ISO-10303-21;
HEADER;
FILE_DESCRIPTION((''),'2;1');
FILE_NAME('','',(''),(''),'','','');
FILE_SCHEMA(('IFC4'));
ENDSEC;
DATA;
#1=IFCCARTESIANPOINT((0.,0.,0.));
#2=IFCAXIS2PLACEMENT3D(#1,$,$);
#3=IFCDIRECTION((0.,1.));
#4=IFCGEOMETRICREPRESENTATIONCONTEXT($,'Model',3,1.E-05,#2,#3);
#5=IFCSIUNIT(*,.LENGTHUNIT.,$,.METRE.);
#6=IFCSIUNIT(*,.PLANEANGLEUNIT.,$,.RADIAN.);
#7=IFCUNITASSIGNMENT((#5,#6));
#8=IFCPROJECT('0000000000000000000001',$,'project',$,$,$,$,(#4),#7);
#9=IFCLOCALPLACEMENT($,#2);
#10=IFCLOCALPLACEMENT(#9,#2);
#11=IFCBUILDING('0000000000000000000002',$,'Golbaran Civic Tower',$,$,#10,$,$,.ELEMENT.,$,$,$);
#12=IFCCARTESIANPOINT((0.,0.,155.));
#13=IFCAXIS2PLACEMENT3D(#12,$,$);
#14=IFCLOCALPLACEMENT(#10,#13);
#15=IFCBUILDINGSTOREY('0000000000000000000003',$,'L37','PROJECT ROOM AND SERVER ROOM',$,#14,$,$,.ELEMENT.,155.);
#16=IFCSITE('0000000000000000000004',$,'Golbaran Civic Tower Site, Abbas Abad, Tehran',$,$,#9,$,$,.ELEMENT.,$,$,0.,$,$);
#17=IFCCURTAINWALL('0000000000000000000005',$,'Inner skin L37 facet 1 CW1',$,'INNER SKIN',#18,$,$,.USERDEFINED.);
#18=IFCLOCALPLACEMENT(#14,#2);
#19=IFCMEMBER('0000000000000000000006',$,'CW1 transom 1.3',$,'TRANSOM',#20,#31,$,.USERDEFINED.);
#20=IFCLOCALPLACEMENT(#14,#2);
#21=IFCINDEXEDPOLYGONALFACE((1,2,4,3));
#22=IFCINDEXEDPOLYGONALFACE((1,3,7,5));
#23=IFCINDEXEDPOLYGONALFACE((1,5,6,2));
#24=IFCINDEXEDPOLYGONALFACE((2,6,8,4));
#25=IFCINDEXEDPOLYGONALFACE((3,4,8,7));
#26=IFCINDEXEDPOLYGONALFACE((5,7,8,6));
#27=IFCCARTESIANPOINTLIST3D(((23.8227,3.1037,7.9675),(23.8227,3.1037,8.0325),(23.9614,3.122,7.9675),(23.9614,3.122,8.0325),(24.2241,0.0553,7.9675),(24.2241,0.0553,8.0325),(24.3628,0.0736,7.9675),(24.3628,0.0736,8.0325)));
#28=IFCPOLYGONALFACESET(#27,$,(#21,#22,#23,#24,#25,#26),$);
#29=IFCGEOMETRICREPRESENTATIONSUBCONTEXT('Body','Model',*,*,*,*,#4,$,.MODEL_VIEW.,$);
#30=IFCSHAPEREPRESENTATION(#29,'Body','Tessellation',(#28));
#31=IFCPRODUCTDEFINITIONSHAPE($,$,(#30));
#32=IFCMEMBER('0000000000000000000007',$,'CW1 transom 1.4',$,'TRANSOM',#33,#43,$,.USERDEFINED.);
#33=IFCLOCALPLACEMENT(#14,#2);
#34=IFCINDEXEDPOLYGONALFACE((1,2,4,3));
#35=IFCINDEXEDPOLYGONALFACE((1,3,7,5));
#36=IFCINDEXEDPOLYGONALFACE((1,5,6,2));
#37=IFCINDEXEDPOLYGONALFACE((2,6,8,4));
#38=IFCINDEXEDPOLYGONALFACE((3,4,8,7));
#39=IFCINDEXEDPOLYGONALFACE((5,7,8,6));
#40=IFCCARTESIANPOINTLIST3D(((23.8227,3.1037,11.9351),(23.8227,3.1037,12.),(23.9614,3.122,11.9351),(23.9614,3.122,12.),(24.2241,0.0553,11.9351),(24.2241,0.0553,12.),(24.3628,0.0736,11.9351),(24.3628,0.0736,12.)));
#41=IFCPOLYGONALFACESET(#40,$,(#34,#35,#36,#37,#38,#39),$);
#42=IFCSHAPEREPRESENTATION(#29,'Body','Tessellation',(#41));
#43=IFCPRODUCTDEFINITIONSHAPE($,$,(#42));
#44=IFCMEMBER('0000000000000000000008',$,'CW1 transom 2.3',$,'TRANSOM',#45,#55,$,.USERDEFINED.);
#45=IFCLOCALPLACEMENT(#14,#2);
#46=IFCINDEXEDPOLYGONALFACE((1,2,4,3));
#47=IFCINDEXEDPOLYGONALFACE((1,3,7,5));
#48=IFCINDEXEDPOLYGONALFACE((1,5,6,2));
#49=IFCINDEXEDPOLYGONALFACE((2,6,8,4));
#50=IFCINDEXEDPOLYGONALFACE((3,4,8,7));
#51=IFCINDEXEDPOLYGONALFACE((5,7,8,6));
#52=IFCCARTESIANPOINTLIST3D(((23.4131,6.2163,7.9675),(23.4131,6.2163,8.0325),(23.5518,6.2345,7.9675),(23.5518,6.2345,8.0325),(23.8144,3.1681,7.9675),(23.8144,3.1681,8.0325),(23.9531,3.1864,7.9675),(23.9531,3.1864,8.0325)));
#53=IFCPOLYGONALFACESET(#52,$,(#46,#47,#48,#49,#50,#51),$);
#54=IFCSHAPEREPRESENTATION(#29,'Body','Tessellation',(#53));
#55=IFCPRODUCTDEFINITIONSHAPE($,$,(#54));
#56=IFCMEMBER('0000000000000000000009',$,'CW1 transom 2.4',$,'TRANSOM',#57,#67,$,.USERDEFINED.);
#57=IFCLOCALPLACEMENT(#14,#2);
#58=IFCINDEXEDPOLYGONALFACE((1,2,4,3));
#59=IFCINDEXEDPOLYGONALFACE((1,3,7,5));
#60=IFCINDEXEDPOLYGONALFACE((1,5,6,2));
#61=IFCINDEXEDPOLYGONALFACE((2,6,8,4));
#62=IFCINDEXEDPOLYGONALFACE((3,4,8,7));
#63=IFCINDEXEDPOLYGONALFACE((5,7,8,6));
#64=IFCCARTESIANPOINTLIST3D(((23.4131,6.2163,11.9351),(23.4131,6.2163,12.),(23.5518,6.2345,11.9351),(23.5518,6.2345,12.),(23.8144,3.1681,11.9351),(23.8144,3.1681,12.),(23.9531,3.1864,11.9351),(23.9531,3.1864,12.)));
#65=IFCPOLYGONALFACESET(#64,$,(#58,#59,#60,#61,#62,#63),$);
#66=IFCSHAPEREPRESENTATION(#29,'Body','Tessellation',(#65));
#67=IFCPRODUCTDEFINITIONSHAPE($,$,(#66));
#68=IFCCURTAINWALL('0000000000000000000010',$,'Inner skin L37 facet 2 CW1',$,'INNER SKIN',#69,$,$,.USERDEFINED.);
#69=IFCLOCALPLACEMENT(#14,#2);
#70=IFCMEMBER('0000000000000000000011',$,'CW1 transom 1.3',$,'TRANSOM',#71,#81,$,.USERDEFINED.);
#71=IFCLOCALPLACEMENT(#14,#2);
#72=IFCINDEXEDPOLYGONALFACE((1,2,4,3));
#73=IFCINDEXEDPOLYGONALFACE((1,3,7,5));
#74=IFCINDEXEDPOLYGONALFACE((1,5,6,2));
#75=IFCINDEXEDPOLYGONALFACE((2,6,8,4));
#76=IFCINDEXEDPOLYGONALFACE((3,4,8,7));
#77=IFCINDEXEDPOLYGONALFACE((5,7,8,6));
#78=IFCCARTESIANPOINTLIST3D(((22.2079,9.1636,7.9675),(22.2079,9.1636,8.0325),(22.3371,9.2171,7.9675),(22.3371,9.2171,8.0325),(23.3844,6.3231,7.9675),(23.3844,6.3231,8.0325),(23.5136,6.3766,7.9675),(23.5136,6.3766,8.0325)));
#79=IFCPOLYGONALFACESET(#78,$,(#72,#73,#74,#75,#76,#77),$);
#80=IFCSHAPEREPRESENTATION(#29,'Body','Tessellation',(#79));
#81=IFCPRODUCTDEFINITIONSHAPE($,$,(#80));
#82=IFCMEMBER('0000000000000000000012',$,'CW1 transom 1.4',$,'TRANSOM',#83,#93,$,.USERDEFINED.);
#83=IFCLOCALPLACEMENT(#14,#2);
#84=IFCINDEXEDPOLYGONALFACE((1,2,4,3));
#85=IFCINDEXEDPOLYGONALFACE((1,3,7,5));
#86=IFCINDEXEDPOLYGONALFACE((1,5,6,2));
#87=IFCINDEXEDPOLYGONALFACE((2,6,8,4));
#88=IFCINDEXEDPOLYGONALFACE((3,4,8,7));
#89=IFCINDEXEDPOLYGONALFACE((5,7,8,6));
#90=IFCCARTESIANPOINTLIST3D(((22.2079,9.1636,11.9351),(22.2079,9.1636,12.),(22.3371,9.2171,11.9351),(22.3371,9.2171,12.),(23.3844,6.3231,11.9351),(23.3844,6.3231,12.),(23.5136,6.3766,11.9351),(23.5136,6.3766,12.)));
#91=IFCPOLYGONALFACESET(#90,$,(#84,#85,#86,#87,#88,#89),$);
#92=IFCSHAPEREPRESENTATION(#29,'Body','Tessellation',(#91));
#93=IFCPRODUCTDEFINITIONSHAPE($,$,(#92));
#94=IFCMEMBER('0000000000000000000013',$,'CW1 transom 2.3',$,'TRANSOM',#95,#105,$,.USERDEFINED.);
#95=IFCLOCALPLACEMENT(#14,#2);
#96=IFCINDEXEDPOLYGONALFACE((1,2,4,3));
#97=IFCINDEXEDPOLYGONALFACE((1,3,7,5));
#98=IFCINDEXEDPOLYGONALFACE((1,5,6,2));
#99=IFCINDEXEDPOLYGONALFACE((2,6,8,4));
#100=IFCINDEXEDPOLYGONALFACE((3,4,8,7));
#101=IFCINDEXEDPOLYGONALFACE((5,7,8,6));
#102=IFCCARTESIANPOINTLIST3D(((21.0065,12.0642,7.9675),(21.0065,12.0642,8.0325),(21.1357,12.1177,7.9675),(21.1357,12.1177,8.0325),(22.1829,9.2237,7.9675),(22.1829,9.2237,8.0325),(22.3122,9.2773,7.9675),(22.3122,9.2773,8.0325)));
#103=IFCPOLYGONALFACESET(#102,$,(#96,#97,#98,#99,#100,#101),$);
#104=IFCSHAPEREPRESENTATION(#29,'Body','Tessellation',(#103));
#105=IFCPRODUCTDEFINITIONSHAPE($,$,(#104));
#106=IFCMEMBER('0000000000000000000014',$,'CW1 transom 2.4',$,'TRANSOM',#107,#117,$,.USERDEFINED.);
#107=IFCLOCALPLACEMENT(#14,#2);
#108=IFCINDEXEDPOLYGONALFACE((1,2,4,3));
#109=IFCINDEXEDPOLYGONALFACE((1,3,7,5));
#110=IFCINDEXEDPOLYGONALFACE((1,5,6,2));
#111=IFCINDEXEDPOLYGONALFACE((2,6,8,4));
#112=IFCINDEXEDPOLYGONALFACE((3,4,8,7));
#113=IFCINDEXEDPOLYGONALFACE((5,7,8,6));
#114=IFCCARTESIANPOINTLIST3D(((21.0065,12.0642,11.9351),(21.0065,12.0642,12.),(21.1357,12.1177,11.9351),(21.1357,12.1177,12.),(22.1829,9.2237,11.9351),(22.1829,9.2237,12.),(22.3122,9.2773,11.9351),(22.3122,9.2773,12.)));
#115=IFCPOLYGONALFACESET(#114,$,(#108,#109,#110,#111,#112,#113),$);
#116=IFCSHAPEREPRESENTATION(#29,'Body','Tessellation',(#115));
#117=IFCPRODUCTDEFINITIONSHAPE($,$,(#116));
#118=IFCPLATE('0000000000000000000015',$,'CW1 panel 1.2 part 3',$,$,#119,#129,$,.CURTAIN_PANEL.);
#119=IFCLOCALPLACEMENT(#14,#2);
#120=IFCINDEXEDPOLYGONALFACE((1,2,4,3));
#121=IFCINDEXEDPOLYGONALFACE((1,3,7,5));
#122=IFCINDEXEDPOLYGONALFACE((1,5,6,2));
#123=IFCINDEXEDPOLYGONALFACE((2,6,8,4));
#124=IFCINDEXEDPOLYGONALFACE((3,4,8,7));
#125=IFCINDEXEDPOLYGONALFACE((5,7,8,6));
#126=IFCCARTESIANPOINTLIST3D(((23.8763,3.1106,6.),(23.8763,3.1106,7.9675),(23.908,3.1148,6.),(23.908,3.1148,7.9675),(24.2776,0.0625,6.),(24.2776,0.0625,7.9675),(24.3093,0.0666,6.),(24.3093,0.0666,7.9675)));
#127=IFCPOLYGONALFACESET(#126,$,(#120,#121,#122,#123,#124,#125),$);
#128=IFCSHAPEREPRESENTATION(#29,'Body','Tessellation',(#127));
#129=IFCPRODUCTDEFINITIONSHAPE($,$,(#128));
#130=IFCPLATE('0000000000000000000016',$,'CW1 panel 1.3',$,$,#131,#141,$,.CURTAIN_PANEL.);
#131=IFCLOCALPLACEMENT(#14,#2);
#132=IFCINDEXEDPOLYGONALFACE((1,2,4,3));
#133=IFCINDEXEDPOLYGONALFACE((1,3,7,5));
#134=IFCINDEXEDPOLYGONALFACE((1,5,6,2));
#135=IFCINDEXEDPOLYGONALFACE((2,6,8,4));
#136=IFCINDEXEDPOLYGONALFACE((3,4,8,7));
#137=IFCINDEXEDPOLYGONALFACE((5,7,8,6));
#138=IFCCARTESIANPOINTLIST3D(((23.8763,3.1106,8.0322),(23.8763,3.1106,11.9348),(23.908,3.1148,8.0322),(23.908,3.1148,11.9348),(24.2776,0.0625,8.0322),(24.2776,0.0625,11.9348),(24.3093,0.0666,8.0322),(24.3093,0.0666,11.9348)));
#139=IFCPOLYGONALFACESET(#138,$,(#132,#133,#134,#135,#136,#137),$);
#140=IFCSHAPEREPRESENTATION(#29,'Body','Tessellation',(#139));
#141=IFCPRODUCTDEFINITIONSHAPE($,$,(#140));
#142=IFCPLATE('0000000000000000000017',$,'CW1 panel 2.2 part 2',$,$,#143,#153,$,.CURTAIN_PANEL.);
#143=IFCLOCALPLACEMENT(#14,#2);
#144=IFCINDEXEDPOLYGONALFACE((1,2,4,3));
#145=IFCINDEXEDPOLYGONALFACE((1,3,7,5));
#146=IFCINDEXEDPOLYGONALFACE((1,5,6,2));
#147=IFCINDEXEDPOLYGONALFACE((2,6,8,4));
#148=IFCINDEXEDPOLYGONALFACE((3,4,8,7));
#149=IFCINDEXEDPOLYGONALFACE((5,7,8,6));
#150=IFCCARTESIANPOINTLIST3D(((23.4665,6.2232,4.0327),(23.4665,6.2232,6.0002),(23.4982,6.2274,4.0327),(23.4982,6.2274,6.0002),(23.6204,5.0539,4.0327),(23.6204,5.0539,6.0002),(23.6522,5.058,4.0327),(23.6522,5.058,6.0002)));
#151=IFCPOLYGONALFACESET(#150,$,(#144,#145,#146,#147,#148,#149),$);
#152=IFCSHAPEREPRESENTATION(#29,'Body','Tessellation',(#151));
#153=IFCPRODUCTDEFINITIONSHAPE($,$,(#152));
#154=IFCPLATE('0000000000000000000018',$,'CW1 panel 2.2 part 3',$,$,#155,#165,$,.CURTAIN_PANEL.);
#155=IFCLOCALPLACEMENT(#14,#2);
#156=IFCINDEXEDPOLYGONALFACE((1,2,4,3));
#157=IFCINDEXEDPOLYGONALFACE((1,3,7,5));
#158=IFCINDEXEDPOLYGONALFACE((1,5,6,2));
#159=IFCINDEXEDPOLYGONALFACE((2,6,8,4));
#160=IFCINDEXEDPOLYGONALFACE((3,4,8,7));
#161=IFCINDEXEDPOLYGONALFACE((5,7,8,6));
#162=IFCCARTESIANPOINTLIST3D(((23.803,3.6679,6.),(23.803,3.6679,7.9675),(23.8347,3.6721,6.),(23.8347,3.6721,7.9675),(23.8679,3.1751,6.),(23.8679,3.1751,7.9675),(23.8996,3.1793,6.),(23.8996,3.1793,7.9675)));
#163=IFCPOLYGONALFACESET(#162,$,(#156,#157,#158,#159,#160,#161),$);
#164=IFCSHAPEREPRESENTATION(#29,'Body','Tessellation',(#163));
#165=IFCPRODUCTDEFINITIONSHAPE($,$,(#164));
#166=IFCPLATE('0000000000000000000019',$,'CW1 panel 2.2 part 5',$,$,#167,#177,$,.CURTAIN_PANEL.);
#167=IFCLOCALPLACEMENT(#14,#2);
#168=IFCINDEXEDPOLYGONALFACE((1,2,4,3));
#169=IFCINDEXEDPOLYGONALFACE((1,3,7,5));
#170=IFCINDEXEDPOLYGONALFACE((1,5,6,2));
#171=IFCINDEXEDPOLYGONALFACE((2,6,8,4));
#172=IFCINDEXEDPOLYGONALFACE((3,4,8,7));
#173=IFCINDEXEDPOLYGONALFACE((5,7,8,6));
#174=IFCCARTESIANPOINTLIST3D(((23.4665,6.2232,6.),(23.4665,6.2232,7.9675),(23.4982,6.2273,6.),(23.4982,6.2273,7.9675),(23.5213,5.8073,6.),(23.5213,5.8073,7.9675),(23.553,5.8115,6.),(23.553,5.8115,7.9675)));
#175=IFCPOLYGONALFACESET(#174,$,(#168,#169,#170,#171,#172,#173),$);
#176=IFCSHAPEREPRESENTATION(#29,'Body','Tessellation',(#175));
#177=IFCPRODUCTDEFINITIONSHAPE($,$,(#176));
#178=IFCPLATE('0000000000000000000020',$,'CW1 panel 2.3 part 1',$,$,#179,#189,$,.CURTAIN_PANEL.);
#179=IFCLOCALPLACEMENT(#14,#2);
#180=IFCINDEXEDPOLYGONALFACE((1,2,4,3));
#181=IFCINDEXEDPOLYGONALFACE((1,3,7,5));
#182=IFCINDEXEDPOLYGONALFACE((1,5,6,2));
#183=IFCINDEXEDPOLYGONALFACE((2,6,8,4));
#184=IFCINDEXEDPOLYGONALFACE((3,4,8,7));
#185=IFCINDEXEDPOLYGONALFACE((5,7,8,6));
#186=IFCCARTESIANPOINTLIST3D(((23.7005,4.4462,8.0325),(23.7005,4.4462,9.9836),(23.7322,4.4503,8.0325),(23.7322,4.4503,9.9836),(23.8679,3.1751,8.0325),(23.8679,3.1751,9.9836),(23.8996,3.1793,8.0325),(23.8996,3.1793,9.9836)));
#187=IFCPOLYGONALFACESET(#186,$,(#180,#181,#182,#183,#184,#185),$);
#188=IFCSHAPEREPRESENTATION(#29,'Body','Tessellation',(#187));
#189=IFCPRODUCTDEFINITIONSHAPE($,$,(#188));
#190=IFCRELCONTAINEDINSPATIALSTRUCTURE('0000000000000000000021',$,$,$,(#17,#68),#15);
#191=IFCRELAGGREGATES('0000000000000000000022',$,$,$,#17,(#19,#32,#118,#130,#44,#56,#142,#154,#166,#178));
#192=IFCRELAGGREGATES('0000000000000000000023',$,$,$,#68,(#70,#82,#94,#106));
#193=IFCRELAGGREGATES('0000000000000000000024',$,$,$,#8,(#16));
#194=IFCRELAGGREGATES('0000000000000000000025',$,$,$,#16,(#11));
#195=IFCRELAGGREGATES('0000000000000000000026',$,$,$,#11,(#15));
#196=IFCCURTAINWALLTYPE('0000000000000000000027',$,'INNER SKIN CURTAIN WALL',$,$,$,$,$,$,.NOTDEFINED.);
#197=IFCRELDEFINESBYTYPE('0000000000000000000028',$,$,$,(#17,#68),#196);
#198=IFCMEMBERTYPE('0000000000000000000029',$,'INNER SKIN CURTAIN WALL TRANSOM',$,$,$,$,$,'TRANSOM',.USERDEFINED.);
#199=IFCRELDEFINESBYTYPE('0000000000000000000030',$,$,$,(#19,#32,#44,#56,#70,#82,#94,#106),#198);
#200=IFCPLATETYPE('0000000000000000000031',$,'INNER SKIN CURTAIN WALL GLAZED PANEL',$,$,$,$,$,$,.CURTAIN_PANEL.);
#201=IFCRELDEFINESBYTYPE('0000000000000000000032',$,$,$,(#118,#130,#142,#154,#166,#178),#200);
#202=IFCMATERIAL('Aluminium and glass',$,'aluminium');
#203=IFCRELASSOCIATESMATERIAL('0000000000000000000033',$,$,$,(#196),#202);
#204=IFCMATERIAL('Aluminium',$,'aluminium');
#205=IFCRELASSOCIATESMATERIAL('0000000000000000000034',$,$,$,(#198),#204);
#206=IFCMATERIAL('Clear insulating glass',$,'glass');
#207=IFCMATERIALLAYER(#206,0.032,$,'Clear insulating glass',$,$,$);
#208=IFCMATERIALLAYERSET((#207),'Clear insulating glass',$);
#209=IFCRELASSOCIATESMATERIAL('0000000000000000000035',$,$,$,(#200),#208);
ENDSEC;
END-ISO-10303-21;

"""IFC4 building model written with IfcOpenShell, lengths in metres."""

from ifc_helpers import new_model, si_unit, direction, frame, origin, origin_2d, place, context, subcontext, project, spatial, rectangle, extrude, material, layer, layer_set, material_profile, profile_set, type_object, element, aggregate, save


model = new_model("IFC4")

# Units and contexts
model_context = context("Model", 3, precision=1e-05, world=origin(), true_north=direction((0.0, 1.0)))
body_context = subcontext(model_context, "Body", "Model", "MODEL_VIEW")
ifc_project = project(units=[si_unit("LENGTHUNIT", "METRE"), si_unit("PLANEANGLEUNIT", "RADIAN")], contexts=[model_context])

# Site, building, storey
site_placement = place(None, origin())
site = spatial("IfcSite", under=ifc_project, at=site_placement, Name="Golbaran Civic Tower Site, Abbas Abad, Tehran", CompositionType="ELEMENT", RefElevation=0.0)
building_placement = place(site_placement, origin())
building = spatial("IfcBuilding", under=site, at=building_placement, Name="Golbaran Civic Tower", CompositionType="ELEMENT")
storey_placement = place(building_placement, frame((0.0, 0.0, 155.0)))
storey = spatial("IfcBuildingStorey", under=building, at=storey_placement, Name="L37", Description="PROJECT ROOM AND SERVER ROOM", CompositionType="ELEMENT", Elevation=155.0)

# Curtain walls, members
ifc_material_1 = material(Name="Aluminium and glass", Category="aluminium")
curtain_wall_type = type_object("IfcCurtainWallType", Name="INNER SKIN CURTAIN WALL", PredefinedType="NOTDEFINED", material=ifc_material_1)
curtain_wall_1_placement = place(storey_placement, origin())
curtain_wall_1 = element("IfcCurtainWall", 1, at=curtain_wall_1_placement, inside=storey, type_object=curtain_wall_type, Name="Inner skin L37 facet 1 CW1", ObjectType="INNER SKIN", PredefinedType="USERDEFINED")
ifc_material_2 = material(Name="Aluminium", Category="aluminium")
ifc_material_profile = material_profile(ifc_material_2, rectangle(XDim=0.1399, YDim=0.0649, at=origin_2d()), Name="INNER SKIN CURTAIN WALL TRANSOM")
ifc_profile_set = profile_set([ifc_material_profile], Name="Aluminium")
member_type = type_object("IfcMemberType", Name="INNER SKIN CURTAIN WALL TRANSOM", ElementType="TRANSOM", PredefinedType="USERDEFINED", material=ifc_profile_set)
member_1_placement = place(storey_placement, frame((24.2935, 0.0645, 8.0), z_axis=(-0.130541, 0.991443, 0.0), x_axis=(-0.991443, -0.130541, 0.0)))
member_1 = element("IfcMember", 2, at=member_1_placement, type_object=member_type, Name="CW1 transom 1.3", ObjectType="TRANSOM", PredefinedType="USERDEFINED", context=body_context, shape_type="SweptSolid", body=[
    extrude(rectangle(XDim=0.1399, YDim=0.0649, at=origin_2d()), origin(), (0.0, 0.0, 1.0), 3.0747),
])
member_2_placement = place(storey_placement, frame((24.2935, 0.0645, 11.9675), z_axis=(-0.130541, 0.991443, 0.0), x_axis=(-0.991443, -0.130541, 0.0)))
member_2 = element("IfcMember", 3, at=member_2_placement, type_object=member_type, Name="CW1 transom 1.4", ObjectType="TRANSOM", PredefinedType="USERDEFINED", context=body_context, shape_type="SweptSolid", body=[
    extrude(rectangle(XDim=0.1399, YDim=0.0649, at=origin_2d()), origin(), (0.0, 0.0, 1.0), 3.0747),
])
member_3_placement = place(storey_placement, frame((23.8838, 3.1772, 8.0), z_axis=(-0.130551, 0.991442, 0.0), x_axis=(-0.991442, -0.130551, 0.0)))
member_3 = element("IfcMember", 4, at=member_3_placement, type_object=member_type, Name="CW1 transom 2.3", ObjectType="TRANSOM", PredefinedType="USERDEFINED", context=body_context, shape_type="SweptSolid", body=[
    extrude(rectangle(XDim=0.1399, YDim=0.0649, at=origin_2d()), origin(), (0.0, 0.0, 1.0), 3.0745),
])
member_4_placement = place(storey_placement, frame((23.8838, 3.1772, 11.9675), z_axis=(-0.130551, 0.991442, 0.0), x_axis=(-0.991442, -0.130551, 0.0)))
member_4 = element("IfcMember", 5, at=member_4_placement, type_object=member_type, Name="CW1 transom 2.4", ObjectType="TRANSOM", PredefinedType="USERDEFINED", context=body_context, shape_type="SweptSolid", body=[
    extrude(rectangle(XDim=0.1399, YDim=0.0649, at=origin_2d()), origin(), (0.0, 0.0, 1.0), 3.0745),
])
curtain_wall_2_placement = place(storey_placement, origin())
curtain_wall_2 = element("IfcCurtainWall", 6, at=curtain_wall_2_placement, inside=storey, type_object=curtain_wall_type, Name="Inner skin L37 facet 2 CW1", ObjectType="INNER SKIN", PredefinedType="USERDEFINED")
member_5_placement = place(storey_placement, frame((23.449, 6.3499, 8.0), z_axis=(-0.382658, 0.92389, 0.0), x_axis=(-0.92389, -0.382658, 0.0)))
member_5 = element("IfcMember", 7, at=member_5_placement, type_object=member_type, Name="CW1 transom 1.3", ObjectType="TRANSOM", PredefinedType="USERDEFINED", context=body_context, shape_type="SweptSolid", body=[
    extrude(rectangle(XDim=0.1399, YDim=0.0649, at=origin_2d()), origin(), (0.0, 0.0, 1.0), 3.0745),
])
member_6_placement = place(storey_placement, frame((23.449, 6.3499, 11.9675), z_axis=(-0.382658, 0.92389, 0.0), x_axis=(-0.92389, -0.382658, 0.0)))
member_6 = element("IfcMember", 8, at=member_6_placement, type_object=member_type, Name="CW1 transom 1.4", ObjectType="TRANSOM", PredefinedType="USERDEFINED", context=body_context, shape_type="SweptSolid", body=[
    extrude(rectangle(XDim=0.1399, YDim=0.0649, at=origin_2d()), origin(), (0.0, 0.0, 1.0), 3.0745),
])
member_7_placement = place(storey_placement, frame((22.2476, 9.2505, 8.0), z_axis=(-0.382658, 0.92389, 0.0), x_axis=(-0.92389, -0.382658, 0.0)))
member_7 = element("IfcMember", 9, at=member_7_placement, type_object=member_type, Name="CW1 transom 2.3", ObjectType="TRANSOM", PredefinedType="USERDEFINED", context=body_context, shape_type="SweptSolid", body=[
    extrude(rectangle(XDim=0.1399, YDim=0.0649, at=origin_2d()), origin(), (0.0, 0.0, 1.0), 3.0745),
])
member_8_placement = place(storey_placement, frame((22.2476, 9.2505, 11.9675), z_axis=(-0.382658, 0.92389, 0.0), x_axis=(-0.92389, -0.382658, 0.0)))
member_8 = element("IfcMember", 10, at=member_8_placement, type_object=member_type, Name="CW1 transom 2.4", ObjectType="TRANSOM", PredefinedType="USERDEFINED", context=body_context, shape_type="SweptSolid", body=[
    extrude(rectangle(XDim=0.1399, YDim=0.0649, at=origin_2d()), origin(), (0.0, 0.0, 1.0), 3.0745),
])

# Plates
ifc_material_3 = material(Name="Clear insulating glass", Category="glass")
ifc_layer_1 = layer(ifc_material_3, 0.032, Name="Clear insulating glass")
ifc_layer_set_1 = layer_set([ifc_layer_1], Name="Clear insulating glass")
plate_type_1 = type_object("IfcPlateType", Name="INNER SKIN CURTAIN WALL GLAZED PANEL", PredefinedType="CURTAIN_PANEL", material=ifc_layer_set_1)
plate_1_placement = place(storey_placement, frame((24.0928, 1.5886, 6.0), z_axis=(0.0, 0.0, 1.0), x_axis=(-0.130526, 0.991445, 0.0)))
plate_1 = element("IfcPlate", 11, at=plate_1_placement, type_object=plate_type_1, Name="CW1 panel 1.2 part 3", PredefinedType="CURTAIN_PANEL", context=body_context, shape_type="SweptSolid", body=[
    extrude(rectangle(XDim=3.0745, YDim=0.032, at=origin_2d()), origin(), (0.0, 0.0, 1.0), 1.9675),
])
plate_2_placement = place(storey_placement, frame((24.0928, 1.5886, 8.0322), z_axis=(0.0, 0.0, 1.0), x_axis=(-0.130526, 0.991445, 0.0)))
plate_2 = element("IfcPlate", 12, at=plate_2_placement, type_object=plate_type_1, Name="CW1 panel 1.3", PredefinedType="CURTAIN_PANEL", context=body_context, shape_type="SweptSolid", body=[
    extrude(rectangle(XDim=3.0745, YDim=0.032, at=origin_2d()), origin(), (0.0, 0.0, 1.0), 3.9026),
])
plate_3_placement = place(storey_placement, frame((23.5593, 5.6406, 4.0327), z_axis=(0.0, 0.0, 1.0), x_axis=(-0.130526, 0.991445, 0.0)))
plate_3 = element("IfcPlate", 13, at=plate_3_placement, type_object=plate_type_1, Name="CW1 panel 2.2 part 2", PredefinedType="CURTAIN_PANEL", context=body_context, shape_type="SweptSolid", body=[
    extrude(rectangle(XDim=1.1794, YDim=0.032, at=origin_2d()), origin(), (0.0, 0.0, 1.0), 1.9675),
])
plate_4_placement = place(storey_placement, frame((23.8513, 3.4236, 6.0), z_axis=(0.0, 0.0, 1.0), x_axis=(-0.130526, 0.991445, 0.0)))
plate_4 = element("IfcPlate", 14, at=plate_4_placement, type_object=plate_type_1, Name="CW1 panel 2.2 part 3", PredefinedType="CURTAIN_PANEL", context=body_context, shape_type="SweptSolid", body=[
    extrude(rectangle(XDim=0.4971, YDim=0.032, at=origin_2d()), origin(), (0.0, 0.0, 1.0), 1.9675),
])
plate_5_placement = place(storey_placement, frame((23.5098, 6.0173, 6.0), z_axis=(0.0, 0.0, 1.0), x_axis=(-0.130526, 0.991445, 0.0)))
plate_5 = element("IfcPlate", 15, at=plate_5_placement, type_object=plate_type_1, Name="CW1 panel 2.2 part 5", PredefinedType="CURTAIN_PANEL", context=body_context, shape_type="SweptSolid", body=[
    extrude(rectangle(XDim=0.4194, YDim=0.032, at=origin_2d()), origin(), (0.0, 0.0, 1.0), 1.9675),
])
plate_6_placement = place(storey_placement, frame((23.8, 3.8127, 8.0325), z_axis=(0.0, 0.0, 1.0), x_axis=(-0.130526, 0.991445, 0.0)))
plate_6 = element("IfcPlate", 16, at=plate_6_placement, type_object=plate_type_1, Name="CW1 panel 2.3 part 1", PredefinedType="CURTAIN_PANEL", context=body_context, shape_type="SweptSolid", body=[
    extrude(rectangle(XDim=1.282, YDim=0.032, at=origin_2d()), origin(), (0.0, 0.0, 1.0), 1.9512),
])
aggregate(curtain_wall_1, [member_1, member_2, plate_1, plate_2, member_3, member_4, plate_3, plate_4, plate_5, plate_6])
aggregate(curtain_wall_2, [member_5, member_6, member_7, member_8])

save(model, "model.ifc")
